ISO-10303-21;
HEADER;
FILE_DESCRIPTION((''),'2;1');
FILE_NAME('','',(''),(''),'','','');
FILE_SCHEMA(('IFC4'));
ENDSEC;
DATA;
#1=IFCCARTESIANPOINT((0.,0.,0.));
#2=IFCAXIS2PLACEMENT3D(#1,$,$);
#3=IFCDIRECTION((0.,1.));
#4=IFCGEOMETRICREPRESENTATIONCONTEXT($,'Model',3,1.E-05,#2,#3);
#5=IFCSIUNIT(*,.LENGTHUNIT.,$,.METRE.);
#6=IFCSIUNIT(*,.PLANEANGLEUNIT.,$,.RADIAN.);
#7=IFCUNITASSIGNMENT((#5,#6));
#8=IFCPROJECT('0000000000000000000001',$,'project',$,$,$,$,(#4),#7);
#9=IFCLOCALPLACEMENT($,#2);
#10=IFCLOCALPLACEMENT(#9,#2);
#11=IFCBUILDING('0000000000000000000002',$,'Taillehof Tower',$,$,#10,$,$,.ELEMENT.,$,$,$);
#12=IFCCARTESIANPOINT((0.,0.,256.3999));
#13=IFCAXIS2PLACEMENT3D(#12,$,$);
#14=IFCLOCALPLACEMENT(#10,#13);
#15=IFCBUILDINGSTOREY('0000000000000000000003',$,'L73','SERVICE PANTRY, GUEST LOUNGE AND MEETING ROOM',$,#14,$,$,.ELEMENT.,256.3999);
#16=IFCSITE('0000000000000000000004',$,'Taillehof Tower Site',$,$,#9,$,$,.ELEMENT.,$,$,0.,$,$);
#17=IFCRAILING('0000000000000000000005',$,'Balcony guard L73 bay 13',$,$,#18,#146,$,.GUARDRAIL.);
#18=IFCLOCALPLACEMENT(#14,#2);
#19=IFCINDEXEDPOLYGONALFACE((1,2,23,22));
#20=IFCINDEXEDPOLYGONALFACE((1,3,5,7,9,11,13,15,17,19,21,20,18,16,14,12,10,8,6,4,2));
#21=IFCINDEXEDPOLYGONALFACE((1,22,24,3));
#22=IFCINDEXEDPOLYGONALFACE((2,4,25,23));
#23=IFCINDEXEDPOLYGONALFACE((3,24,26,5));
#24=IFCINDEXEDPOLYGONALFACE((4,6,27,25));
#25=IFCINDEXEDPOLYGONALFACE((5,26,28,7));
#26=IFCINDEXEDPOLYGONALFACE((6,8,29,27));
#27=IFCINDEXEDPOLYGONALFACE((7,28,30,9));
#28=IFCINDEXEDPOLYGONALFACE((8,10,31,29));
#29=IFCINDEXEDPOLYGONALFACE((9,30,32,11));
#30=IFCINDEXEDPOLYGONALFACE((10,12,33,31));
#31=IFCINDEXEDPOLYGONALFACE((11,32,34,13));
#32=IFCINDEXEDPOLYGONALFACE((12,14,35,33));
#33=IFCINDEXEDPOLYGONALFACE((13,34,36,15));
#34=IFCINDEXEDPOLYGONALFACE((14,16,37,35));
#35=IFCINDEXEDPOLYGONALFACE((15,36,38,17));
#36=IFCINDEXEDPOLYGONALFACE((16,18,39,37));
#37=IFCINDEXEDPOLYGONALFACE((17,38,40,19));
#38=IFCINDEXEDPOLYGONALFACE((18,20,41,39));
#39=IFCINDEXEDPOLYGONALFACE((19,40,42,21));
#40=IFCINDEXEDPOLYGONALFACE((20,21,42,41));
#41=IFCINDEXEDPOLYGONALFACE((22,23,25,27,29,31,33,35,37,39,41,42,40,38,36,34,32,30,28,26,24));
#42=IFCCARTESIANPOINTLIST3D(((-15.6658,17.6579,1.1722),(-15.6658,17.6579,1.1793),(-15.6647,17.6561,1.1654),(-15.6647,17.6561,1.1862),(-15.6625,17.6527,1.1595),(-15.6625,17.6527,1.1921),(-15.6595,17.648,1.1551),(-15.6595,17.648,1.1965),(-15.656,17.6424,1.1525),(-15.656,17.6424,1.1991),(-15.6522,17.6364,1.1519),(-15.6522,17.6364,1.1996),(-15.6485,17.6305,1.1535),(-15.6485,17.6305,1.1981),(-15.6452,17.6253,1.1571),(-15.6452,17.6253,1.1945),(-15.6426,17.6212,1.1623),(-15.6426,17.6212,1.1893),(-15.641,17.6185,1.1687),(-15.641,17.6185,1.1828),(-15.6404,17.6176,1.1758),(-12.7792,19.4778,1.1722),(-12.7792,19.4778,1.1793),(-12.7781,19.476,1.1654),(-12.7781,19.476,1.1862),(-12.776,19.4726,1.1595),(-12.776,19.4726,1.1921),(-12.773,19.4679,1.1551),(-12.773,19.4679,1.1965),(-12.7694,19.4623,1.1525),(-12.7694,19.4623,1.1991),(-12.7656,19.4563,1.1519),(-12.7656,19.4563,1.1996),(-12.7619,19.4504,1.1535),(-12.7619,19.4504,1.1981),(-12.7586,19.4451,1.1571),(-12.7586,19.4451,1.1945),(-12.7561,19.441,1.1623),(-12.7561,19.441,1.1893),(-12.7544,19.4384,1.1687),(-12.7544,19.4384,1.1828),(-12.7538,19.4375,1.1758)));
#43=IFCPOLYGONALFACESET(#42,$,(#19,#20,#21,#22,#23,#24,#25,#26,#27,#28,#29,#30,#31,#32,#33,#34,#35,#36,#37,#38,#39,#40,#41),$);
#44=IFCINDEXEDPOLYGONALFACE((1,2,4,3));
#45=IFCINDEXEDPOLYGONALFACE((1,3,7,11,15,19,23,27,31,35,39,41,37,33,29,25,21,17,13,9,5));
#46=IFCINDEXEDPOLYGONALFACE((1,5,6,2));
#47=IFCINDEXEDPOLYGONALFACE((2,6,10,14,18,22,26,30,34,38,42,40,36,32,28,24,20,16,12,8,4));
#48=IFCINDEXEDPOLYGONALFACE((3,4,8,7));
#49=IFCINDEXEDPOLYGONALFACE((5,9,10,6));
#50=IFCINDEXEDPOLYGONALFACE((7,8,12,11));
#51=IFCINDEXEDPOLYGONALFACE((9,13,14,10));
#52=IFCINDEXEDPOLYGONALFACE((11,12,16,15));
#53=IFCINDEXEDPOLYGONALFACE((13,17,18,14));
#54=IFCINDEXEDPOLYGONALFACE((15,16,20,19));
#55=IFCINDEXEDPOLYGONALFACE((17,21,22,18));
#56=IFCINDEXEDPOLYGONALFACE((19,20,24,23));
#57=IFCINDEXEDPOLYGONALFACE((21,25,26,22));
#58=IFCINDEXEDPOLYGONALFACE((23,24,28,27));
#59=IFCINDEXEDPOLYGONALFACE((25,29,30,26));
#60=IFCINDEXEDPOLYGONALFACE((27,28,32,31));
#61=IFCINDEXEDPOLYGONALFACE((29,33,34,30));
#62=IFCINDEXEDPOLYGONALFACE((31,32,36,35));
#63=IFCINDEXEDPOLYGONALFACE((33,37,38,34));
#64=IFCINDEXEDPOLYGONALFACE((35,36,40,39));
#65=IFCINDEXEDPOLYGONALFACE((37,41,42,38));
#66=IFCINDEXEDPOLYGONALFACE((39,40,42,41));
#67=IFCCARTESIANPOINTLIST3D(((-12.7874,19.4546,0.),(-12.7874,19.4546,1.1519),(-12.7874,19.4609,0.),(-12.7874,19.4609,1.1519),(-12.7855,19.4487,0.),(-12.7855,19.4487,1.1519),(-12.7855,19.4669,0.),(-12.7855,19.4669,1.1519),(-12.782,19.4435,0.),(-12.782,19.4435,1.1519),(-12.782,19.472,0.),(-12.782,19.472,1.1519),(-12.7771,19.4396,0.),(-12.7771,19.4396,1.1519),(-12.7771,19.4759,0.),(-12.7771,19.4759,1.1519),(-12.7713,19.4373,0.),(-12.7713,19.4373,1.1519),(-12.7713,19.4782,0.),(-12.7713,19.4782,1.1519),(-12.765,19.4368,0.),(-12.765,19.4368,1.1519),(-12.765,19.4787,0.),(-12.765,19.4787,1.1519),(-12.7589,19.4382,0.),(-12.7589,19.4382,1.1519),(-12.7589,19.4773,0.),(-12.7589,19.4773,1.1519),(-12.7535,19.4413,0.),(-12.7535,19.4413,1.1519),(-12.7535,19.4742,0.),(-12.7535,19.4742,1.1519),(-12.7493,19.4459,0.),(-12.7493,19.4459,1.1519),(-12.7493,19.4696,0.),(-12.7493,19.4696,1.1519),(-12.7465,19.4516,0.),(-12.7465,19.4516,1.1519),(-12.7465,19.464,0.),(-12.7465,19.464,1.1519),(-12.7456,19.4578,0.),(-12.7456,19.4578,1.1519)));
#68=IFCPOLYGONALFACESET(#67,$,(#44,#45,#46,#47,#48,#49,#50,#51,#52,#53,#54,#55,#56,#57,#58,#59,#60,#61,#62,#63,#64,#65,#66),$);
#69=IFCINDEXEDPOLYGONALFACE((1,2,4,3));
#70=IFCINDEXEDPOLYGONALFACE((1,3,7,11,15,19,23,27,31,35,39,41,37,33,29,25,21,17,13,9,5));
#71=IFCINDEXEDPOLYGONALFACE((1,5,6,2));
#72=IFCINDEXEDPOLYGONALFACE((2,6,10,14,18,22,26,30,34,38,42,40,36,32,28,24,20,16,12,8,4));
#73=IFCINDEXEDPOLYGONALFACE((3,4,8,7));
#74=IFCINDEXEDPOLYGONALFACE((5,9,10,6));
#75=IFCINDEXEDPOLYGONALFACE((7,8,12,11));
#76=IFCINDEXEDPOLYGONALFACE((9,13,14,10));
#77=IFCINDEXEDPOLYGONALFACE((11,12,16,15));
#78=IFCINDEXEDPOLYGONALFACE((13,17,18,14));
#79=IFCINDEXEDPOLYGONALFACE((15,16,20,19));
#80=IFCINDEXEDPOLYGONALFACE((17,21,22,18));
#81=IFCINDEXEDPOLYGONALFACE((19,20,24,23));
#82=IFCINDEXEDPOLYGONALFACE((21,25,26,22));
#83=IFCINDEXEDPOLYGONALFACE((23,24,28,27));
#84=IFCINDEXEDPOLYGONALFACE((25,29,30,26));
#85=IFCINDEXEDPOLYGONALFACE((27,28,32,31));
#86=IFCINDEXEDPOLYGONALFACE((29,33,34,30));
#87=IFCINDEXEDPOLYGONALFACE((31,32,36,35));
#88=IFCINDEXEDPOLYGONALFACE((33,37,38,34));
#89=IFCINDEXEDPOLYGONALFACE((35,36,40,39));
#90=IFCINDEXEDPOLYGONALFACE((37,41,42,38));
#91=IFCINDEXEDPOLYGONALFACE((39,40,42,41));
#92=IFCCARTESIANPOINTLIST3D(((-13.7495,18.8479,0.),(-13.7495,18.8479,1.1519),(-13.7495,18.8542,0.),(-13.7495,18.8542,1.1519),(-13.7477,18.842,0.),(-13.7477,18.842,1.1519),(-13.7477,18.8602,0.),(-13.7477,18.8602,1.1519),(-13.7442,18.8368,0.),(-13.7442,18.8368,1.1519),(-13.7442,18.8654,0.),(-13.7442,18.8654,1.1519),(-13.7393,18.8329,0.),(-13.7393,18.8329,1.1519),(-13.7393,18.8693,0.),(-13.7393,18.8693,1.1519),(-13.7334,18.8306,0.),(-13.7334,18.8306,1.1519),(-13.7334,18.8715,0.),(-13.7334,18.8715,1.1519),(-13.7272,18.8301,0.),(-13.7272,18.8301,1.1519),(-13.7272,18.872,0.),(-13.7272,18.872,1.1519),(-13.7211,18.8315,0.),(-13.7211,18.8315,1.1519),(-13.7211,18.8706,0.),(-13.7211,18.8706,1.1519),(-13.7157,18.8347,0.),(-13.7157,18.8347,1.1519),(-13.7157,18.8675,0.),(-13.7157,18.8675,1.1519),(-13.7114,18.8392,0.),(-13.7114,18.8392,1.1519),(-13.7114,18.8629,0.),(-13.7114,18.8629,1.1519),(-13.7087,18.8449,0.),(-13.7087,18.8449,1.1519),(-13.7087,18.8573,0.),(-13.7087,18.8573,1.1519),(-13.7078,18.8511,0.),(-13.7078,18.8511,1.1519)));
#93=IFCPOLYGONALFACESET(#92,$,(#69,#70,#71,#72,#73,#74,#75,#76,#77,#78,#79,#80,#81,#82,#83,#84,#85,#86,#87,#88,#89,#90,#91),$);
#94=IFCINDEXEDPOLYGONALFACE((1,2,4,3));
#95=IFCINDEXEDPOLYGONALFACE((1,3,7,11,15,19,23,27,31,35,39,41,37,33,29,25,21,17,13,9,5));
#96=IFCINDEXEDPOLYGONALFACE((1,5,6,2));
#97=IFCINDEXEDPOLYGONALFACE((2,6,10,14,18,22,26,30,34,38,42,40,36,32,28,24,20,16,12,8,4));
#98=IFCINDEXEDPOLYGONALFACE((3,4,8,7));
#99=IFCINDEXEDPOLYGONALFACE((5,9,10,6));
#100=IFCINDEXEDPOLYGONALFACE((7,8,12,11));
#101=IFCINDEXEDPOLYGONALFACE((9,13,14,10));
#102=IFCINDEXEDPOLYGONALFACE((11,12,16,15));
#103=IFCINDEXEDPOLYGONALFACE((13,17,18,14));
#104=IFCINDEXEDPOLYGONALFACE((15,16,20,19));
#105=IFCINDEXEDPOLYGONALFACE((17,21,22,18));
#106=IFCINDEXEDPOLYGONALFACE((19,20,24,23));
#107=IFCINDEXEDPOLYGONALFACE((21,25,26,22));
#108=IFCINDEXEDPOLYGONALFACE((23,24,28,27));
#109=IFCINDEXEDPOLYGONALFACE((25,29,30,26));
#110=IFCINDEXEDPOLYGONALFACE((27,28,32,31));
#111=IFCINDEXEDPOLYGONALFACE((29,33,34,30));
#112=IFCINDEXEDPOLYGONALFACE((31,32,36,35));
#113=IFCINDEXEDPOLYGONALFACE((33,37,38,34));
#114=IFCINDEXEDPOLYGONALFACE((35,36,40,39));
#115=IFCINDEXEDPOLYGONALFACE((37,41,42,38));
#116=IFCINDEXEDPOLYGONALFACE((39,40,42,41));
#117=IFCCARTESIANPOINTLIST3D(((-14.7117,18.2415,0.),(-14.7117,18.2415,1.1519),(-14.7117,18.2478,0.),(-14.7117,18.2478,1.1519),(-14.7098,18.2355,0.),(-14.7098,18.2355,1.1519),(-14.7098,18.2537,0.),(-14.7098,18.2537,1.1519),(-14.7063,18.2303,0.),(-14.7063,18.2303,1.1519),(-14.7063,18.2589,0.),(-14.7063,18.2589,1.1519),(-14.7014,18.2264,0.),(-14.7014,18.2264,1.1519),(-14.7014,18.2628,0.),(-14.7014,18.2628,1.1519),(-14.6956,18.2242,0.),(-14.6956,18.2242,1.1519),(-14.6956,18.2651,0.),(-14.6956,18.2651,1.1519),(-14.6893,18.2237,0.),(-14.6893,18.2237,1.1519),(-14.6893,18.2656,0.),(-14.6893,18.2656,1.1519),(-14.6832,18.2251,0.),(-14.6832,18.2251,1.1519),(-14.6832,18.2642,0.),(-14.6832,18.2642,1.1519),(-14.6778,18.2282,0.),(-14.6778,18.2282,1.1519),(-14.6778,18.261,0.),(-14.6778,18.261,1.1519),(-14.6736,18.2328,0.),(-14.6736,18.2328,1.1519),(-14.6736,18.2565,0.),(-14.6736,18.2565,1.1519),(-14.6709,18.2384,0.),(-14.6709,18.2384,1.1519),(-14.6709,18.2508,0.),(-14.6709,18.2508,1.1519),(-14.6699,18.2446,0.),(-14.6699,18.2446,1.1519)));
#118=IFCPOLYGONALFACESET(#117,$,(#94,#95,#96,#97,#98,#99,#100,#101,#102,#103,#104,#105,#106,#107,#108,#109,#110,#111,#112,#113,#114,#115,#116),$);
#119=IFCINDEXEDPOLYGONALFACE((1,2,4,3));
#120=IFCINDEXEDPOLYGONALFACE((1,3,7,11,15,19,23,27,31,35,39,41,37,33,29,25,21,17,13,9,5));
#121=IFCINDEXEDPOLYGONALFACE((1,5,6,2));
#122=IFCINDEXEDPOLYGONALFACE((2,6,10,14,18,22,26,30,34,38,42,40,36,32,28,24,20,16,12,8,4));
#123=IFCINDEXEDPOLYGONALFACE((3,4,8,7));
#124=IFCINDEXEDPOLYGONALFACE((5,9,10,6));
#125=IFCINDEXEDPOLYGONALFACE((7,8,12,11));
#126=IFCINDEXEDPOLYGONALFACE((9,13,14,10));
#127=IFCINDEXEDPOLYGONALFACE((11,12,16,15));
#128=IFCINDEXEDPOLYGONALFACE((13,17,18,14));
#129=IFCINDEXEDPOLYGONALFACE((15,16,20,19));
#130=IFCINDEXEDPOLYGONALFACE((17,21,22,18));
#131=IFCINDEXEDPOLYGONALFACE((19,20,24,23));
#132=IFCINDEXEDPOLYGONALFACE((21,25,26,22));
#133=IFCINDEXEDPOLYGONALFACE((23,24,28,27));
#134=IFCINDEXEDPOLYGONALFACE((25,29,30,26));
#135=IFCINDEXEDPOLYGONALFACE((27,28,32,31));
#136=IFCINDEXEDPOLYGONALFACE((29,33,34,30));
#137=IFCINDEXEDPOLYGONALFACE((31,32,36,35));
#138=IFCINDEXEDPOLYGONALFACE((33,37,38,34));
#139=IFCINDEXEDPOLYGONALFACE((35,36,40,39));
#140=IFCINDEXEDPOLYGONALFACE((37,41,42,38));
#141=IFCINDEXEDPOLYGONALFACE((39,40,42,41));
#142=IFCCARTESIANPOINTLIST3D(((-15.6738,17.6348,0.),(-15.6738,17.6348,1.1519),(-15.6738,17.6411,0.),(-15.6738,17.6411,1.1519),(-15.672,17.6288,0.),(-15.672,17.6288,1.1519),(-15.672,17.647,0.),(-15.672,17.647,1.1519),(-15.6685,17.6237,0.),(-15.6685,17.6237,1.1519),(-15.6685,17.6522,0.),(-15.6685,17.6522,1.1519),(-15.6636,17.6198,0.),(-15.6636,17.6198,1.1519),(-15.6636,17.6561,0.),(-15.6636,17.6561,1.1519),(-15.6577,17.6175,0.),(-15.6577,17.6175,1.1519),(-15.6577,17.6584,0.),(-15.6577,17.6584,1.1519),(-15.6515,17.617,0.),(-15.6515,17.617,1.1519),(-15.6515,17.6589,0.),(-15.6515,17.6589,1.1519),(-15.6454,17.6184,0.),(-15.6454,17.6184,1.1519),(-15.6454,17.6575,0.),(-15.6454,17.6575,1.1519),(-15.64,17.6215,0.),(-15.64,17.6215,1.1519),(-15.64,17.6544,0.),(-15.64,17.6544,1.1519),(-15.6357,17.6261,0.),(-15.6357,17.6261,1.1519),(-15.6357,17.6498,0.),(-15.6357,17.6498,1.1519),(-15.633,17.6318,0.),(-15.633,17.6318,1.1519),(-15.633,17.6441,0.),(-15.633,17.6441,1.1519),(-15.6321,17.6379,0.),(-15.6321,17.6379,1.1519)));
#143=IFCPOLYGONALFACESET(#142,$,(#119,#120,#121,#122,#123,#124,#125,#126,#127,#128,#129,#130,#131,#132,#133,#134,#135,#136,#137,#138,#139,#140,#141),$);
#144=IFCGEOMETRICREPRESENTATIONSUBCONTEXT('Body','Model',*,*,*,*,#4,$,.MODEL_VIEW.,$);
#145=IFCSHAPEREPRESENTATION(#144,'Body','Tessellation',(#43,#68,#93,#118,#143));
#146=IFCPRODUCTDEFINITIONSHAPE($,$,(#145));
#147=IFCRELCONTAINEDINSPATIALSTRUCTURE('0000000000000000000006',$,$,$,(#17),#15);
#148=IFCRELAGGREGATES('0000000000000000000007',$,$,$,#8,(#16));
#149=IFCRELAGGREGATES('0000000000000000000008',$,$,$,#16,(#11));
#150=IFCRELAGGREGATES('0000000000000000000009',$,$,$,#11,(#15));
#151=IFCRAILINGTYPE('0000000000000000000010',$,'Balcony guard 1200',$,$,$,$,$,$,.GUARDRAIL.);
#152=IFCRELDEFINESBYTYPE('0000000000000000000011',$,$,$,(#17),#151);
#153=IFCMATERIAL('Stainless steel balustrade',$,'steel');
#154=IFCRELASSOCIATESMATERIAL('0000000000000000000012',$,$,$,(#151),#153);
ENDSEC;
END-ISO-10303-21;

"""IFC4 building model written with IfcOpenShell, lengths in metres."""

from ifc_helpers import new_model, si_unit, direction, frame, origin, origin_2d, place, context, subcontext, project, spatial, circle, extrude, material, type_object, element, save


model = new_model("IFC4")

# Units and contexts
model_context = context("Model", 3, precision=1e-05, world=origin(), true_north=direction((0.0, 1.0)))
body_context = subcontext(model_context, "Body", "Model", "MODEL_VIEW")
ifc_project = project(units=[si_unit("LENGTHUNIT", "METRE"), si_unit("PLANEANGLEUNIT", "RADIAN")], contexts=[model_context])

# Site, building, storey
site_placement = place(None, origin())
site = spatial("IfcSite", under=ifc_project, at=site_placement, Name="Taillehof Tower Site", CompositionType="ELEMENT", RefElevation=0.0)
building_placement = place(site_placement, origin())
building = spatial("IfcBuilding", under=site, at=building_placement, Name="Taillehof Tower", CompositionType="ELEMENT")
storey_placement = place(building_placement, frame((0.0, 0.0, 256.3999)))
storey = spatial("IfcBuildingStorey", under=building, at=storey_placement, Name="L73", Description="SERVICE PANTRY, GUEST LOUNGE AND MEETING ROOM", CompositionType="ELEMENT", Elevation=256.3999)

# Railing
ifc_material_1 = material(Name="Stainless steel balustrade", Category="steel")
railing_type = type_object("IfcRailingType", Name="Balcony guard 1200", PredefinedType="GUARDRAIL", material=ifc_material_1)
railing_1_placement = place(storey_placement, frame((-12.7666, 19.4578, 0.0)))
element("IfcRailing", 1, at=railing_1_placement, inside=storey, type_object=railing_type, Name="Balcony guard L73 bay 13", PredefinedType="GUARDRAIL", context=body_context, shape_type="SweptSolid", body=[
    extrude(circle(Radius=0.0239, at=origin_2d()), frame((0.0, 0.0, 1.1758), z_axis=(-0.845914, -0.53332, 0.0), x_axis=(0.53332, -0.845914, 0.0)), (0.0, 0.0, 1.0), 3.4124),
    extrude(circle(Radius=0.021, at=origin_2d()), origin(), (0.0, 0.0, 1.0), 1.1519),
    extrude(circle(Radius=0.021, at=origin_2d()), frame((-0.9622, -0.6067, 0.0)), (0.0, 0.0, 1.0), 1.1519),
    extrude(circle(Radius=0.021, at=origin_2d()), frame((-1.9243, -1.2131, 0.0)), (0.0, 0.0, 1.0), 1.1519),
    extrude(circle(Radius=0.021, at=origin_2d()), frame((-2.8865, -1.8198, 0.0)), (0.0, 0.0, 1.0), 1.1519),
])

save(model, "model.ifc")
